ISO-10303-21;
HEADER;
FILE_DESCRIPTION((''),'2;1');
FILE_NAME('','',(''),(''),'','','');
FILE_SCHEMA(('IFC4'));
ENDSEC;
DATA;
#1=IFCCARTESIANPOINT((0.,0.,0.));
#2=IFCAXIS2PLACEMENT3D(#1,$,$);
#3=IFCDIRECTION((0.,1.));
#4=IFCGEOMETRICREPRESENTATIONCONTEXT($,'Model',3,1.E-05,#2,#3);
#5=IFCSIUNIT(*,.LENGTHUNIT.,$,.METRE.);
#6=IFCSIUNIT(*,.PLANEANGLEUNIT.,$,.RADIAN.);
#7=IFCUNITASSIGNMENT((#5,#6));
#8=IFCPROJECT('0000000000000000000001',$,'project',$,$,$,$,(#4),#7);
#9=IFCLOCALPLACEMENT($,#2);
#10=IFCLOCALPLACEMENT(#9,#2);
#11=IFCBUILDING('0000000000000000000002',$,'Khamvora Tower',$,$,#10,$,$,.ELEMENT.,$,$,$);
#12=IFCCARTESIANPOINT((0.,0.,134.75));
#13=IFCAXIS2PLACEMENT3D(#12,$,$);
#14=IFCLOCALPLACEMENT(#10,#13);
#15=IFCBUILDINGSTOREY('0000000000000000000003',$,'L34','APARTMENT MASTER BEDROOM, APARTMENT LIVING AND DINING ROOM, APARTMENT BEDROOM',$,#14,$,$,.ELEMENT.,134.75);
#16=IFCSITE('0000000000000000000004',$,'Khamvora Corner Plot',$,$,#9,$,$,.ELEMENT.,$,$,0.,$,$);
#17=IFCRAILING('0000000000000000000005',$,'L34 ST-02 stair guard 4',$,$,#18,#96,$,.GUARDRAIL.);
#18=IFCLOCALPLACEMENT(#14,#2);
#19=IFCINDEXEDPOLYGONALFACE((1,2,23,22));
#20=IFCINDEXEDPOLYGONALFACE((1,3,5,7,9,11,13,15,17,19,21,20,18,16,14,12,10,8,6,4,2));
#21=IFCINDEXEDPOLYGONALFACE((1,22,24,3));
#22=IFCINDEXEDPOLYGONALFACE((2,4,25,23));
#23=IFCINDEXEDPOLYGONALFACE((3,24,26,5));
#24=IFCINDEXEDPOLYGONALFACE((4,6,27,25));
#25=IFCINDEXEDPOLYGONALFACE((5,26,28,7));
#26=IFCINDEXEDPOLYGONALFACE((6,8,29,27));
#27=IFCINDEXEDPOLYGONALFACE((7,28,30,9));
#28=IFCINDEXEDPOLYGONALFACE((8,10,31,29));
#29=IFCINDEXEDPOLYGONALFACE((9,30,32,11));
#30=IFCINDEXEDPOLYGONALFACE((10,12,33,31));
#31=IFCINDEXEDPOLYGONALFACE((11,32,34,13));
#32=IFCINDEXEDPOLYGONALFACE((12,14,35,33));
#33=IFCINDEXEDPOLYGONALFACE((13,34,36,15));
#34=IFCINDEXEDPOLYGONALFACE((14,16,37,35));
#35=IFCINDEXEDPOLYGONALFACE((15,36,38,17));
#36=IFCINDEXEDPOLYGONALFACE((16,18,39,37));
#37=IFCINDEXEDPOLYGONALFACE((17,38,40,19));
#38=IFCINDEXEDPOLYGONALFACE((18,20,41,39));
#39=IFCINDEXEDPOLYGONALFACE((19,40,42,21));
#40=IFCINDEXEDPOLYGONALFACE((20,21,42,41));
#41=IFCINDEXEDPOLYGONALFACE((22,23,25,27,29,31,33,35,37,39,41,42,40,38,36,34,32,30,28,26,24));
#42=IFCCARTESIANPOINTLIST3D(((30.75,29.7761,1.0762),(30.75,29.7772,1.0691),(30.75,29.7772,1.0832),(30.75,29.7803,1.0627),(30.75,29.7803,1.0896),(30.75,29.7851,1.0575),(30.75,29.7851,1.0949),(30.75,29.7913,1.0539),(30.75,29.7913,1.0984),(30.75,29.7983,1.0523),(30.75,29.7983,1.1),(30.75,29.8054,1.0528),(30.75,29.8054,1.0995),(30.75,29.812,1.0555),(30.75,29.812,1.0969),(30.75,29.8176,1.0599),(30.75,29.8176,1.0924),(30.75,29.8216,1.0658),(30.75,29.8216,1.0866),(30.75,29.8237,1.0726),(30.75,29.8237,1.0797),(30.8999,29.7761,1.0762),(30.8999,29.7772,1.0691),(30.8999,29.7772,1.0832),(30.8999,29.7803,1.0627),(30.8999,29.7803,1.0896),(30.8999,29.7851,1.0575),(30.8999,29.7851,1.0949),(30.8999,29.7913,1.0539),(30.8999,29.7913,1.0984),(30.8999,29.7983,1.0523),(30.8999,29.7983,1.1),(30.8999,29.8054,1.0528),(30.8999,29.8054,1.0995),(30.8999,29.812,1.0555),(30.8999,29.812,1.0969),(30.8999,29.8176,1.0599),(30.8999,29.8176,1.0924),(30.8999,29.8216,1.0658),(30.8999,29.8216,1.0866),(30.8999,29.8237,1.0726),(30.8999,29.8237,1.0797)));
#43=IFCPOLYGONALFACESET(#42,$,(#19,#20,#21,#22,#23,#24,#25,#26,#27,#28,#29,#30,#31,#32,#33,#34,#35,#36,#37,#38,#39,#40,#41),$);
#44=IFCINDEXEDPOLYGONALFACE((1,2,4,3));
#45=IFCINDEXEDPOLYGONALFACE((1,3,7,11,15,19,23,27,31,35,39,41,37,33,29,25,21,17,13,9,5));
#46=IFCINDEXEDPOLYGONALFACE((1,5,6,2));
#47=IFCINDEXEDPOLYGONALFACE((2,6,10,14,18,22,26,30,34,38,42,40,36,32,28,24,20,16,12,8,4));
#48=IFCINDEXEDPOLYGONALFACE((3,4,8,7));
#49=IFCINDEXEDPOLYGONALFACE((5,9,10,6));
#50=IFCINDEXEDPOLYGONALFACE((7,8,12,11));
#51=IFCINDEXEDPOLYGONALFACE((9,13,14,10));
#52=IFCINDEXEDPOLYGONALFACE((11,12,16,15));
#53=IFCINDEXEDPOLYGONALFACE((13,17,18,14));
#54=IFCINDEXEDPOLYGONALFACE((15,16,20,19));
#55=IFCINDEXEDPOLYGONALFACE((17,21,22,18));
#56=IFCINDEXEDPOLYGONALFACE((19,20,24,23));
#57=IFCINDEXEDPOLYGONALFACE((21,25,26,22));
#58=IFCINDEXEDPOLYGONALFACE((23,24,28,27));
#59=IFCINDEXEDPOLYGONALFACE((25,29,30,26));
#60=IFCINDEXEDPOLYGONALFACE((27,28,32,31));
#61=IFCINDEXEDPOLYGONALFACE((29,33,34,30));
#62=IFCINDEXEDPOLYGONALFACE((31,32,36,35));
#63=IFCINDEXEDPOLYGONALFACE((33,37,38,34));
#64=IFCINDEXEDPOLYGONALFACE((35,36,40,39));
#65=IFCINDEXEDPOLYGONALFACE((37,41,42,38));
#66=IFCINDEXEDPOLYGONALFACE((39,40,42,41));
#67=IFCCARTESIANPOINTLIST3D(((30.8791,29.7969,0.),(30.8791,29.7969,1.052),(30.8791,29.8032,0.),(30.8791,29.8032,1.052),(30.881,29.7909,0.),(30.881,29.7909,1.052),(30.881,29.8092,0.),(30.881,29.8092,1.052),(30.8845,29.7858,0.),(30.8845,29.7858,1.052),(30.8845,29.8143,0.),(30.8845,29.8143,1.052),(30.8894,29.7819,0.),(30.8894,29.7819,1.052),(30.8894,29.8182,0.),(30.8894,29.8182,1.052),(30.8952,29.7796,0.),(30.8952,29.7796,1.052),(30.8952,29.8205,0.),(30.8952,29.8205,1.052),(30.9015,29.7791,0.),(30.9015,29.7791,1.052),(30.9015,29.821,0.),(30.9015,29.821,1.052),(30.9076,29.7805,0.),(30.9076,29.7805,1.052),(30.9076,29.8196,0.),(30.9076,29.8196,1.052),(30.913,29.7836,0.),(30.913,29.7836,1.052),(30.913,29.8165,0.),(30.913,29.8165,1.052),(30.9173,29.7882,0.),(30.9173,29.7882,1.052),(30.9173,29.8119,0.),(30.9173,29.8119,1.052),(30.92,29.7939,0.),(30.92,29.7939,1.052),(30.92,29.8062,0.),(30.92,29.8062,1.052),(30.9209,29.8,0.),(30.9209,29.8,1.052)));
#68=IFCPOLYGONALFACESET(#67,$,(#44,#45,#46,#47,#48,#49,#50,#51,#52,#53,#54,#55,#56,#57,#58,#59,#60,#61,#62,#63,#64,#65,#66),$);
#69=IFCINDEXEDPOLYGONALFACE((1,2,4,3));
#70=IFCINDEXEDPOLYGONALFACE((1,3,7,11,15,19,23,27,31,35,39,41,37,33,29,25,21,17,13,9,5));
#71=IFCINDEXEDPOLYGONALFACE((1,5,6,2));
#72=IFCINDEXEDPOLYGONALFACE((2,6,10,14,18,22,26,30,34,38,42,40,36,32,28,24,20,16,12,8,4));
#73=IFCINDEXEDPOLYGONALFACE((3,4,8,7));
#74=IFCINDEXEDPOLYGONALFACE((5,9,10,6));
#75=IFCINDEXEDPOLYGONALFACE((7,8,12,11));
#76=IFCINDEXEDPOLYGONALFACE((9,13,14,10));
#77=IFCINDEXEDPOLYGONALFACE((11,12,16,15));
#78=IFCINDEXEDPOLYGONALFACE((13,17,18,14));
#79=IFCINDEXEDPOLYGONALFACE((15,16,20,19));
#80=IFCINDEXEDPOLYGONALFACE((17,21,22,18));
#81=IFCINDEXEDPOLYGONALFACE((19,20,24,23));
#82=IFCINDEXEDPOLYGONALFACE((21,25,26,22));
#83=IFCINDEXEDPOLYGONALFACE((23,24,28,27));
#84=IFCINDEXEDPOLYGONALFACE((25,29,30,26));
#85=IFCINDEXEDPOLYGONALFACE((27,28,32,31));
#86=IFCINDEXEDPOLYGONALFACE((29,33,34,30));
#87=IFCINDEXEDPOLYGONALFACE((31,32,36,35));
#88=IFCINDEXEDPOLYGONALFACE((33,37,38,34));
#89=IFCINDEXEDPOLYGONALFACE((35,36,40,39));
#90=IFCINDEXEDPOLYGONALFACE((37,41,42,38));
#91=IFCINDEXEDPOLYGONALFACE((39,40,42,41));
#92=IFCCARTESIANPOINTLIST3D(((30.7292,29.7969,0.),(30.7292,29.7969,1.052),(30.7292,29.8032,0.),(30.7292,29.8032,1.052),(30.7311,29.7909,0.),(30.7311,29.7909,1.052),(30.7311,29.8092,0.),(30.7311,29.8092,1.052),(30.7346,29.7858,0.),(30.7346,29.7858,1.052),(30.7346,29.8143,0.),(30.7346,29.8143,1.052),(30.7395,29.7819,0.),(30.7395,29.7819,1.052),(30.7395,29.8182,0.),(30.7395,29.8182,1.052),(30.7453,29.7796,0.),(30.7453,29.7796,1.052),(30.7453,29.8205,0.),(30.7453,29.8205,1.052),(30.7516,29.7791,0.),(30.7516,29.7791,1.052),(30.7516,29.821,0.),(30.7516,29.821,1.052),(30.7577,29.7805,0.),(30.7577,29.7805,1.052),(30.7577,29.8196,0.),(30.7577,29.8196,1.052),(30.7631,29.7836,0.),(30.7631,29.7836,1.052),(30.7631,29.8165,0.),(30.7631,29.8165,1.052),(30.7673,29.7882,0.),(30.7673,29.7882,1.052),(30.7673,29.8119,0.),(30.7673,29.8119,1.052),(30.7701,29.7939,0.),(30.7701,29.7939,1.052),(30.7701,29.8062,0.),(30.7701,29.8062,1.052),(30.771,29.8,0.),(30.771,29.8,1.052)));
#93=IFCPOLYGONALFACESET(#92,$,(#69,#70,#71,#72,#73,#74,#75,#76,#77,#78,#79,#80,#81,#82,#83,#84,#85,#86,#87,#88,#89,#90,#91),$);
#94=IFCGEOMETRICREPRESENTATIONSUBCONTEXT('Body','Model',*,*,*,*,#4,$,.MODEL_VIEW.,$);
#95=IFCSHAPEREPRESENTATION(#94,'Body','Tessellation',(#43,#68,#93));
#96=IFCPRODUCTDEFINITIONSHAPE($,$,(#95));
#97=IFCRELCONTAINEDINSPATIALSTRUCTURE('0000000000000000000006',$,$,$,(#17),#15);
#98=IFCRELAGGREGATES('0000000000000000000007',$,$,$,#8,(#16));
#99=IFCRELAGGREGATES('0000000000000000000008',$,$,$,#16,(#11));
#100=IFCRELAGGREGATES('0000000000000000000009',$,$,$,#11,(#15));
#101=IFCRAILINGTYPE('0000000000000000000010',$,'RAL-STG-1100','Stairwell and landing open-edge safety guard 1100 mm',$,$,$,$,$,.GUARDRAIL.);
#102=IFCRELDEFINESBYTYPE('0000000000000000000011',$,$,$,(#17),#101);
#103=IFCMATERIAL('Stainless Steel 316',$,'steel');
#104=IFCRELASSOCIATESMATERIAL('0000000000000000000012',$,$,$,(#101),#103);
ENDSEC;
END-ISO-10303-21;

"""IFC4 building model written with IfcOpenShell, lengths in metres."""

from ifc_helpers import new_model, si_unit, direction, frame, origin, origin_2d, place, context, subcontext, project, spatial, circle, extrude, material, type_object, element, save


model = new_model("IFC4")

# Units and contexts
model_context = context("Model", 3, precision=1e-05, world=origin(), true_north=direction((0.0, 1.0)))
body_context = subcontext(model_context, "Body", "Model", "MODEL_VIEW")
ifc_project = project(units=[si_unit("LENGTHUNIT", "METRE"), si_unit("PLANEANGLEUNIT", "RADIAN")], contexts=[model_context])

# Site, building, storey
site_placement = place(None, origin())
site = spatial("IfcSite", under=ifc_project, at=site_placement, Name="Khamvora Corner Plot", CompositionType="ELEMENT", RefElevation=0.0)
building_placement = place(site_placement, origin())
building = spatial("IfcBuilding", under=site, at=building_placement, Name="Khamvora Tower", CompositionType="ELEMENT")
storey_placement = place(building_placement, frame((0.0, 0.0, 134.75)))
storey = spatial("IfcBuildingStorey", under=building, at=storey_placement, Name="L34", Description="APARTMENT MASTER BEDROOM, APARTMENT LIVING AND DINING ROOM, APARTMENT BEDROOM", CompositionType="ELEMENT", Elevation=134.75)

# Railing
ifc_material_1 = material(Name="Stainless Steel 316", Category="steel")
railing_type_1 = type_object("IfcRailingType", Name="RAL-STG-1100", Description="Stairwell and landing open-edge safety guard 1100 mm", PredefinedType="GUARDRAIL", material=ifc_material_1)
for number, where, name in (
    (1, (30.8999, 29.8, 0.0), "L34 ST-02 stair guard 4"),
):
    element("IfcRailing", number, at=place(storey_placement, frame(where)), inside=storey, type_object=railing_type_1, Name=name, PredefinedType="GUARDRAIL", context=body_context, shape_type="SweptSolid", body=[
        extrude(circle(Radius=0.0239, at=origin_2d()), frame((0.0, 0.0, 1.0762), z_axis=(-1.0, 0.0, 0.0), x_axis=(0.0, -1.0, 0.0)), (0.0, 0.0, 1.0), 0.1499),
        extrude(circle(Radius=0.021, at=origin_2d()), origin(), (0.0, 0.0, 1.0), 1.052),
        extrude(circle(Radius=0.021, at=origin_2d()), frame((-0.1499, 0.0, 0.0)), (0.0, 0.0, 1.0), 1.052),
    ])

save(model, "model.ifc")
